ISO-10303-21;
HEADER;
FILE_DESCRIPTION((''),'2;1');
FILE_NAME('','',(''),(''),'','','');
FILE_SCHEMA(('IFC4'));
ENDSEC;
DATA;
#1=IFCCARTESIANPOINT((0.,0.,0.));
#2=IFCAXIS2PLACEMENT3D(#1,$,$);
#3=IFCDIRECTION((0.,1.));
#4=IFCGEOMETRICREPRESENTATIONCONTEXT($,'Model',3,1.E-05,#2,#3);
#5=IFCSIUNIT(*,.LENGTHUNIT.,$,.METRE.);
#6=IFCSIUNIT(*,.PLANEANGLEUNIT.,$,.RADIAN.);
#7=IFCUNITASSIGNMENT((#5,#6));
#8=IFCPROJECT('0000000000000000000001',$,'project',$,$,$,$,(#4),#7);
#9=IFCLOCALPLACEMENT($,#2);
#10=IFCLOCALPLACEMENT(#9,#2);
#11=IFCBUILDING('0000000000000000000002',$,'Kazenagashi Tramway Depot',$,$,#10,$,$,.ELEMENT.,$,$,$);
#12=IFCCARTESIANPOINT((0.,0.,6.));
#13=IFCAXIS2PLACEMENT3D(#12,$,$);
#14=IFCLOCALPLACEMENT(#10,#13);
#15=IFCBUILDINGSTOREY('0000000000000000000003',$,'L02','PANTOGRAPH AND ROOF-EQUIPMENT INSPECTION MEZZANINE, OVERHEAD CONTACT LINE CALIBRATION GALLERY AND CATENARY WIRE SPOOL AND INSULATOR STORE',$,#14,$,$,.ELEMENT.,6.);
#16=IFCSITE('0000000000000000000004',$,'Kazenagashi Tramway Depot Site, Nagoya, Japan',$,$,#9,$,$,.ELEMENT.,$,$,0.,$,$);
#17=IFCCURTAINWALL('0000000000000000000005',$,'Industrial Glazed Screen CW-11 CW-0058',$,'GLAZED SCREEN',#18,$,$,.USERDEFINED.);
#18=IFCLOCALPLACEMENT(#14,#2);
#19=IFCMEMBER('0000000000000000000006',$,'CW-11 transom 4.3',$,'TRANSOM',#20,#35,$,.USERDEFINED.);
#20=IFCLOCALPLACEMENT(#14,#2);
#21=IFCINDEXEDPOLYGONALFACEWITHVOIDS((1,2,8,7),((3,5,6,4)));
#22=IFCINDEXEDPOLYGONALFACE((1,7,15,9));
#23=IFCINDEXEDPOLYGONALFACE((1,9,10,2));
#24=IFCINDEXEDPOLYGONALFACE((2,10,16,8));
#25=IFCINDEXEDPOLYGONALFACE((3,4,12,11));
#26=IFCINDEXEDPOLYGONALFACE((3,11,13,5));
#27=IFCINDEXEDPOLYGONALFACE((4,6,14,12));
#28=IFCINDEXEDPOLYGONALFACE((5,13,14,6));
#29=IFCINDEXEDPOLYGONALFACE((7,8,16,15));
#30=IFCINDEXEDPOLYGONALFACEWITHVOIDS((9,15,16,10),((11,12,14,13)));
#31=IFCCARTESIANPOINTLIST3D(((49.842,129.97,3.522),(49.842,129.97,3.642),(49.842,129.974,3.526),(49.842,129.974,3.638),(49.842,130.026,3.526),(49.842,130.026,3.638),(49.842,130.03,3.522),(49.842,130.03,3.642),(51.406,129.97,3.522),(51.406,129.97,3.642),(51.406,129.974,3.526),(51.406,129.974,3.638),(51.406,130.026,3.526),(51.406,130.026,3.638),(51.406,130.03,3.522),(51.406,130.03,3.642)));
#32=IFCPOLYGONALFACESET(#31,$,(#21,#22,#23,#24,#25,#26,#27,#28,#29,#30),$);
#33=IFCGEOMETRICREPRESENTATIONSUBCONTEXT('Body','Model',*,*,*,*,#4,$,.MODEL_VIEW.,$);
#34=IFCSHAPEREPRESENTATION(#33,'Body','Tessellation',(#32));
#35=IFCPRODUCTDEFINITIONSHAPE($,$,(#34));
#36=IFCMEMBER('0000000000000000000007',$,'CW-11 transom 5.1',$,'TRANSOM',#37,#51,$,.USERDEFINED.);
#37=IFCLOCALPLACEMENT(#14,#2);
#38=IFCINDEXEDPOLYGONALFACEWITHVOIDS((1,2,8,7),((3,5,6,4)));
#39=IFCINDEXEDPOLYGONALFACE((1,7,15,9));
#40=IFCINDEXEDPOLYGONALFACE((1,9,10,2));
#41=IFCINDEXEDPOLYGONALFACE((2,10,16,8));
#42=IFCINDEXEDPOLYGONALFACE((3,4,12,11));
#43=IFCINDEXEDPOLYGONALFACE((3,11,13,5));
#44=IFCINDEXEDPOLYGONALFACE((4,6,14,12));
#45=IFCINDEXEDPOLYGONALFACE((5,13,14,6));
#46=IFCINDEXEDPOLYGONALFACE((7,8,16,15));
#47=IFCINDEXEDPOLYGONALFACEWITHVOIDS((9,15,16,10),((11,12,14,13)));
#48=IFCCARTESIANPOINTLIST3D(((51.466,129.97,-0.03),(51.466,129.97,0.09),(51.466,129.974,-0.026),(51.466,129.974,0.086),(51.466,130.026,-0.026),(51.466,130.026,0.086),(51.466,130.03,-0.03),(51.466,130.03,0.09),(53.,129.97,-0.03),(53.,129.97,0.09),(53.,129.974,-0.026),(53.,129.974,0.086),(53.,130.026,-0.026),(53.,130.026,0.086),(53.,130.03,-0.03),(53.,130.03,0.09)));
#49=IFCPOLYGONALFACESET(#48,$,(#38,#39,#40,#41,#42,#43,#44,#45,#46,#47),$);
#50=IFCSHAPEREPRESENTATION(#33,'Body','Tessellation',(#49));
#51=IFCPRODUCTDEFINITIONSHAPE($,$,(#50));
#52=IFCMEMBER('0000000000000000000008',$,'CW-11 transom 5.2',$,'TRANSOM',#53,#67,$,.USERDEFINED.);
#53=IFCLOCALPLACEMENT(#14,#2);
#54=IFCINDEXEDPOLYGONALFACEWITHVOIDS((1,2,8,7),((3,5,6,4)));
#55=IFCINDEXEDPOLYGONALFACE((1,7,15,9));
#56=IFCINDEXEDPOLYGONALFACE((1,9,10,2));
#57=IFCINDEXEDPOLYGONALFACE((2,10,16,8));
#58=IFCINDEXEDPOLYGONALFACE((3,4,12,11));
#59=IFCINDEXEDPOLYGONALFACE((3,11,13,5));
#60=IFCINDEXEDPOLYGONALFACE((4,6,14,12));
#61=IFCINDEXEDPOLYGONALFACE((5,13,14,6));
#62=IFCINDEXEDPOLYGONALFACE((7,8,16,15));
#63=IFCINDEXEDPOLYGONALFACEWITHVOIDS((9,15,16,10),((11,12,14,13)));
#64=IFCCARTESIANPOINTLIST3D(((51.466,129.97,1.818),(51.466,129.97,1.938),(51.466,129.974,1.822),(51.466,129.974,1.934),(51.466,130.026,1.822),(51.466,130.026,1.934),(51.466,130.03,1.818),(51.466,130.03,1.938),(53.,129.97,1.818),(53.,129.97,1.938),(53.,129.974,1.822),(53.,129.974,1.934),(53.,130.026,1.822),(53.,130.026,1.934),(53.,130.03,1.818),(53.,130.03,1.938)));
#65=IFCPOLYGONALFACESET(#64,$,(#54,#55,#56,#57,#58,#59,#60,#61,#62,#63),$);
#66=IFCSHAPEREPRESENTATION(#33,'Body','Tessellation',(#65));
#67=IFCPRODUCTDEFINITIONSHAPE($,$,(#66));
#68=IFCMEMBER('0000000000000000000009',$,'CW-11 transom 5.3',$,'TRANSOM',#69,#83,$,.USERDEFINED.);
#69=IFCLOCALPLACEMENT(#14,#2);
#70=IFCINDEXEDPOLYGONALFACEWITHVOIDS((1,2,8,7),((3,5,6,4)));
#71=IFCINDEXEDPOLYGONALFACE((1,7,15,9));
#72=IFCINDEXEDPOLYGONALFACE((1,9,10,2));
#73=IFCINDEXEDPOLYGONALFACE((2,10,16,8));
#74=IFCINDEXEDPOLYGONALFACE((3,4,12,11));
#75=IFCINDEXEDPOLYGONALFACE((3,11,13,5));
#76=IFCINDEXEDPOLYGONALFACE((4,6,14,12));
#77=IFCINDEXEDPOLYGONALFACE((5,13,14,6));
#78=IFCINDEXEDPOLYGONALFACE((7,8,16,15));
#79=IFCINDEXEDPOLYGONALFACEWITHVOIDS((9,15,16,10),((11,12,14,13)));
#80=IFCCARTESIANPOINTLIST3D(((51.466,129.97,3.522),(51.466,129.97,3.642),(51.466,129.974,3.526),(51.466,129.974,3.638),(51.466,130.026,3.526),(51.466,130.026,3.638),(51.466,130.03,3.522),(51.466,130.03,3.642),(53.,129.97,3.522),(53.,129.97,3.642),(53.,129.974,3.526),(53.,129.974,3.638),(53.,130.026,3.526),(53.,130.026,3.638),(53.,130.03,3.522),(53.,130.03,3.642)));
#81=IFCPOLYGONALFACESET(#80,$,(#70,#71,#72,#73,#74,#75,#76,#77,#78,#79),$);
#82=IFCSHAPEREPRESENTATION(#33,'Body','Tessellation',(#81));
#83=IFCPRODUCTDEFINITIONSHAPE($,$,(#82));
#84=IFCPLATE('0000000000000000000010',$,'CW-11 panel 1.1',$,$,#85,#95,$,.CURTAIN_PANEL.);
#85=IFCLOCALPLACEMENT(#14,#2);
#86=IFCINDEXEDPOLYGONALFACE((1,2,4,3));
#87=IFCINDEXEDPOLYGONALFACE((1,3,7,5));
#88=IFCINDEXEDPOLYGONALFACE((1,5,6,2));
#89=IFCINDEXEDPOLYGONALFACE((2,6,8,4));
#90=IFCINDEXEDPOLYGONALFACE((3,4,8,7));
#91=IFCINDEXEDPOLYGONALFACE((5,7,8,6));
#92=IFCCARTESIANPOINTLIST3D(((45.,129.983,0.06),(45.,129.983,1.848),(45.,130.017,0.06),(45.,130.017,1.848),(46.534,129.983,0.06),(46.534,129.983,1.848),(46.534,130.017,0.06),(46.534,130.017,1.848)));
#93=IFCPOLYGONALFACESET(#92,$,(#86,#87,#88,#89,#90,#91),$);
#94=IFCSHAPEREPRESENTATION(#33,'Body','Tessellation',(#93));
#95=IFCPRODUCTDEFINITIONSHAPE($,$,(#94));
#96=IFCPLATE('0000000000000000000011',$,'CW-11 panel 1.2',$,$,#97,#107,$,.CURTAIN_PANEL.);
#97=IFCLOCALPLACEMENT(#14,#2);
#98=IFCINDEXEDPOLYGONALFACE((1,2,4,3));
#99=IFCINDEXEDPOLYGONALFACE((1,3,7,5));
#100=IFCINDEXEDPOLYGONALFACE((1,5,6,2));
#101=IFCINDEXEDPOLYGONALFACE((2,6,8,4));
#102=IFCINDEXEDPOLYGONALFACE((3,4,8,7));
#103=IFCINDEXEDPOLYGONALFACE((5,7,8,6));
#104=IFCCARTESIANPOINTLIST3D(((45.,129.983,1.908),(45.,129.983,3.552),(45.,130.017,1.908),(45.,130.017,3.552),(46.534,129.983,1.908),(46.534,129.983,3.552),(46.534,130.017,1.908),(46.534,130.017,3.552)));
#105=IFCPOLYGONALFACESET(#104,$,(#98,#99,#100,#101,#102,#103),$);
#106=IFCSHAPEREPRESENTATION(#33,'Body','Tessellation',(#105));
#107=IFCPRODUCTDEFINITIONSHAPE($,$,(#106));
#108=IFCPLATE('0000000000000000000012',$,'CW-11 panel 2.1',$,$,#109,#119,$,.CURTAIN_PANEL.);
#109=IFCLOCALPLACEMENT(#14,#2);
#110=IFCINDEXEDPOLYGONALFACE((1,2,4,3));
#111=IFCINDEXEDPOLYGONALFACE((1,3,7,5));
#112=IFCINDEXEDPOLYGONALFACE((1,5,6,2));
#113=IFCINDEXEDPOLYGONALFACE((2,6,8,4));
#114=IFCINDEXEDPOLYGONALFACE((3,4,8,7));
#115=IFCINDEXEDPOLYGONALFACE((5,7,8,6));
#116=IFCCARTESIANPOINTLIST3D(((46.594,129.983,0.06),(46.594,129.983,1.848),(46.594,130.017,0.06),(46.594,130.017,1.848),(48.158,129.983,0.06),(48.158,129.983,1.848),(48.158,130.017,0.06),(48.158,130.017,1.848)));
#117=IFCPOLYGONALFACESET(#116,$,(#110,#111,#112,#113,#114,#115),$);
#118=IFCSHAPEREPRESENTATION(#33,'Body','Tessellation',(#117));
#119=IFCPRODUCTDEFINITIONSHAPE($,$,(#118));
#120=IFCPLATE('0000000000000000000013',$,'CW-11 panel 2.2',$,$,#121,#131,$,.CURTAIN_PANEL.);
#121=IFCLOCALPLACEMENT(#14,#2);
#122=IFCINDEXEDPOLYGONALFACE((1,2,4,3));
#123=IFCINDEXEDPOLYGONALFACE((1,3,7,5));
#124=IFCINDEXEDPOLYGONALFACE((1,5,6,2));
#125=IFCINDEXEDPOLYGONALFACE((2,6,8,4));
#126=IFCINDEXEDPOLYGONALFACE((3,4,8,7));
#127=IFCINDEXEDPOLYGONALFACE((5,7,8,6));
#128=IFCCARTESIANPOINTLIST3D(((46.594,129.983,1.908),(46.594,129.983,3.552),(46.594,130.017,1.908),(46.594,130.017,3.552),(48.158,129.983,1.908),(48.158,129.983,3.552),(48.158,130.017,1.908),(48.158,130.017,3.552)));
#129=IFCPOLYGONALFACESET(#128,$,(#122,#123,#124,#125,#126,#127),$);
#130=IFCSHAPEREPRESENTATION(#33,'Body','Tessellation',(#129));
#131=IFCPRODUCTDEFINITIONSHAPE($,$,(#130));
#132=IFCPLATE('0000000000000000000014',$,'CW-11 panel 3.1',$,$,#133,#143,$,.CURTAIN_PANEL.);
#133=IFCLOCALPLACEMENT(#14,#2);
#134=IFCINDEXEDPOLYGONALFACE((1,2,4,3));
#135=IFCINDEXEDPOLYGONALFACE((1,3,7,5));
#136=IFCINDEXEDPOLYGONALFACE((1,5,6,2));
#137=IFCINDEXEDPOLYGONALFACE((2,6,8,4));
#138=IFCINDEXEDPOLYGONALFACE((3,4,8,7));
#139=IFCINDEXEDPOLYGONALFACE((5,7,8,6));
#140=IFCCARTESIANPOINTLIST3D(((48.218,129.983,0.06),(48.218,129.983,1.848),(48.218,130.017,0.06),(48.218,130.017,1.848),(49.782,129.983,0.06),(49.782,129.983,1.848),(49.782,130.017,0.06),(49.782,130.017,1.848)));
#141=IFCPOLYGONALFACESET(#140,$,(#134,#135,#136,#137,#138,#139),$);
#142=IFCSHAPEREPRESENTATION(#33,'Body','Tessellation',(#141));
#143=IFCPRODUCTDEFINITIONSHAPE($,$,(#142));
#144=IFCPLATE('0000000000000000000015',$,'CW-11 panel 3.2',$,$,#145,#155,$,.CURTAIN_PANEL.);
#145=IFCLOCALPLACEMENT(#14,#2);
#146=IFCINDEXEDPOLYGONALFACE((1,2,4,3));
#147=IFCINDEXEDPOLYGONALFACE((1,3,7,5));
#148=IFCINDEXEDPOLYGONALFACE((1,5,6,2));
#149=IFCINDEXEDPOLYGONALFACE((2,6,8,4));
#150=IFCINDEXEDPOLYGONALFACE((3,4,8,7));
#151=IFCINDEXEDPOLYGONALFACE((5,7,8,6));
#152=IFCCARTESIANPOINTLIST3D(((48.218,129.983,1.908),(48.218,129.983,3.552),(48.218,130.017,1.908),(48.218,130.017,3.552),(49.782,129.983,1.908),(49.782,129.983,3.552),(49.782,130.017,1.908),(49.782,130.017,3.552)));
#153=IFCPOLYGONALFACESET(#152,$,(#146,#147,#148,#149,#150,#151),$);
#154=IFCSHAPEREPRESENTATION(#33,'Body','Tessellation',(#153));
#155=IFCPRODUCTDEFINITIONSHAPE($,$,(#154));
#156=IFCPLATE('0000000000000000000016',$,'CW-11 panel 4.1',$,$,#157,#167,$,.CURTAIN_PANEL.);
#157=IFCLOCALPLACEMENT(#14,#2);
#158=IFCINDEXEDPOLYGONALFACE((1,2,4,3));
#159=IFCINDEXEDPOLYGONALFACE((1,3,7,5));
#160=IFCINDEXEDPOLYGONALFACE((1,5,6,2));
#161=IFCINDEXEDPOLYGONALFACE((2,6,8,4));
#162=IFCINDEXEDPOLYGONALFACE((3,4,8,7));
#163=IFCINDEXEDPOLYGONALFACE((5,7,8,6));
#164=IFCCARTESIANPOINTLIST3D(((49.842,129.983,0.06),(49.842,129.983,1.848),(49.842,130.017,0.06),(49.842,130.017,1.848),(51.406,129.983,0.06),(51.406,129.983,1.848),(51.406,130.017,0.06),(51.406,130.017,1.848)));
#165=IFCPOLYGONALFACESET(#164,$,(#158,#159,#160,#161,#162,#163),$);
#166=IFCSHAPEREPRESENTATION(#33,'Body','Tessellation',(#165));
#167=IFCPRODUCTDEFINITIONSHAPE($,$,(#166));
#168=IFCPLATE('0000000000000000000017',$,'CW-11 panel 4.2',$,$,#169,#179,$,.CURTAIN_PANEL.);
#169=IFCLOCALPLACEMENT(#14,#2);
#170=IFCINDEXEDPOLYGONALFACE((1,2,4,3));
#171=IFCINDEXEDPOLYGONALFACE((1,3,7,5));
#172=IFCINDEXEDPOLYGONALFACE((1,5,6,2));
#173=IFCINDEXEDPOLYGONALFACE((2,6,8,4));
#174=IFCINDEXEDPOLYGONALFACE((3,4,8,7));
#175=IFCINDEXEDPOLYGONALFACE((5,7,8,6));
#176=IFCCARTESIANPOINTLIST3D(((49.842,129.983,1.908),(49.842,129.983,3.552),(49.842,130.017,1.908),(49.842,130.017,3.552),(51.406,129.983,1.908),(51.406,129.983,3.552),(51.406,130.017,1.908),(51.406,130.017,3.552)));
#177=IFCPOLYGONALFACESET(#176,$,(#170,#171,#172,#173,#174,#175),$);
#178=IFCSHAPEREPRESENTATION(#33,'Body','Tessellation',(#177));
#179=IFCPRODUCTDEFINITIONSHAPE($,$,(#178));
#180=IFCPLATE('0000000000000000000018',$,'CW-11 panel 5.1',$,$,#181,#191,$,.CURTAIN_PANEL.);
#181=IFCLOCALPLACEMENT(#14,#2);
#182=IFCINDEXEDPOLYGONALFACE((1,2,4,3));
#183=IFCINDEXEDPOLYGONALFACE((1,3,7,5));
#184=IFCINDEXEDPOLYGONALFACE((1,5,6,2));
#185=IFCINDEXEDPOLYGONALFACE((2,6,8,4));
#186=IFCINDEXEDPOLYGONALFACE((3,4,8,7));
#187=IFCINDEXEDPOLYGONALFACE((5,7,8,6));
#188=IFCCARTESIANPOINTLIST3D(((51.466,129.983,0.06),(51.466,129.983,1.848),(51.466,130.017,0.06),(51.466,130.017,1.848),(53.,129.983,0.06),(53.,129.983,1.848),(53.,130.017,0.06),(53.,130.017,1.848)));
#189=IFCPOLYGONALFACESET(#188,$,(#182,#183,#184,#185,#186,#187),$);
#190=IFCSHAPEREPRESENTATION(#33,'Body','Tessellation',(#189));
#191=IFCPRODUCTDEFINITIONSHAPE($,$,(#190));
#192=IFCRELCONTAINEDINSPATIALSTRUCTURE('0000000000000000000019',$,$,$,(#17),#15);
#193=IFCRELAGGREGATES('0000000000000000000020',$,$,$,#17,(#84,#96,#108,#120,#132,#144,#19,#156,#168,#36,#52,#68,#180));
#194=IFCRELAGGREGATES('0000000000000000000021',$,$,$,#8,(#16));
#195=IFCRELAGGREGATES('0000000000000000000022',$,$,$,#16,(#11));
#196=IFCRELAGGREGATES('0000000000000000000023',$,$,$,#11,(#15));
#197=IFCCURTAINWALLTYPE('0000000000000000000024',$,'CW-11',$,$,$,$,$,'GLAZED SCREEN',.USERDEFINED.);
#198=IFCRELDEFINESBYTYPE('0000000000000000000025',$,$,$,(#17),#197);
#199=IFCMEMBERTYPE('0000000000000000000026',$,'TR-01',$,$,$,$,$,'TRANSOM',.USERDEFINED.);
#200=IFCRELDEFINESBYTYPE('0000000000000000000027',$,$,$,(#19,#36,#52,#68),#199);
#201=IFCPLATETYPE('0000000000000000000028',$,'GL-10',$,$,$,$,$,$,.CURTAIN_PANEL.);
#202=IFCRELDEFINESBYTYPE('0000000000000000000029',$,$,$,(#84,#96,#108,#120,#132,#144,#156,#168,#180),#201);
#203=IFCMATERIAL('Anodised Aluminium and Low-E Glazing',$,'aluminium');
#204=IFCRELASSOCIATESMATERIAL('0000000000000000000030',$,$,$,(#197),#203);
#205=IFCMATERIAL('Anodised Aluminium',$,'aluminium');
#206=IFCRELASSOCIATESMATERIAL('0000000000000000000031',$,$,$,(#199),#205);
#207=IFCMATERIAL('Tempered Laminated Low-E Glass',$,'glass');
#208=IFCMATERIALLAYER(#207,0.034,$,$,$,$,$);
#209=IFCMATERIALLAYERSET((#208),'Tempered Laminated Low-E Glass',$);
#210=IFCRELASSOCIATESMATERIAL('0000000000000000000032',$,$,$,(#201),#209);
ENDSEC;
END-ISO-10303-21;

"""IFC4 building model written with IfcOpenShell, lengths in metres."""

from ifc_helpers import new_model, si_unit, direction, frame, origin, origin_2d, place, context, subcontext, project, spatial, rectangle, hollow_rectangle, extrude, material, layer, layer_set, material_profile, profile_set, type_object, element, aggregate, save


model = new_model("IFC4")

# Units and contexts
model_context = context("Model", 3, precision=1e-05, world=origin(), true_north=direction((0.0, 1.0)))
body_context = subcontext(model_context, "Body", "Model", "MODEL_VIEW")
ifc_project = project(units=[si_unit("LENGTHUNIT", "METRE"), si_unit("PLANEANGLEUNIT", "RADIAN")], contexts=[model_context])

# Site, building, storey
site_placement = place(None, origin())
site = spatial("IfcSite", under=ifc_project, at=site_placement, Name="Kazenagashi Tramway Depot Site, Nagoya, Japan", CompositionType="ELEMENT", RefElevation=0.0)
building_placement = place(site_placement, origin())
building = spatial("IfcBuilding", under=site, at=building_placement, Name="Kazenagashi Tramway Depot", CompositionType="ELEMENT")
storey_placement = place(building_placement, frame((0.0, 0.0, 6.0)))
storey = spatial("IfcBuildingStorey", under=building, at=storey_placement, Name="L02", Description="PANTOGRAPH AND ROOF-EQUIPMENT INSPECTION MEZZANINE, OVERHEAD CONTACT LINE CALIBRATION GALLERY AND CATENARY WIRE SPOOL AND INSULATOR STORE", CompositionType="ELEMENT", Elevation=6.0)

# Curtain wall
ifc_material_1 = material(Name="Anodised Aluminium and Low-E Glazing", Category="aluminium")
curtain_wall_type = type_object("IfcCurtainWallType", Name="CW-11", ElementType="GLAZED SCREEN", PredefinedType="USERDEFINED", material=ifc_material_1)
curtain_wall_placement = place(storey_placement, origin())
curtain_wall = element("IfcCurtainWall", 1, at=curtain_wall_placement, inside=storey, type_object=curtain_wall_type, Name="Industrial Glazed Screen CW-11 CW-0058", ObjectType="GLAZED SCREEN", PredefinedType="USERDEFINED")
ifc_material_2 = material(Name="Anodised Aluminium", Category="aluminium")

# Members
ifc_material_profile_1 = material_profile(ifc_material_2, hollow_rectangle(XDim=0.06, YDim=0.12, WallThickness=0.004, at=origin_2d()), Name="RHS-120x60x4")
ifc_profile_set_1 = profile_set([ifc_material_profile_1], Name="Anodised Aluminium")
member_type_1 = type_object("IfcMemberType", Name="TR-01", ElementType="TRANSOM", PredefinedType="USERDEFINED", material=ifc_profile_set_1)
member_1_placement = place(storey_placement, frame((49.842, 130.0, 3.582), z_axis=(1.0, 0.0, 0.0), x_axis=(0.0, 1.0, 0.0)))
member_1 = element("IfcMember", 2, at=member_1_placement, type_object=member_type_1, Name="CW-11 transom 4.3", ObjectType="TRANSOM", PredefinedType="USERDEFINED", context=body_context, shape_type="SweptSolid", body=[
    extrude(hollow_rectangle(XDim=0.06, YDim=0.12, WallThickness=0.004, at=origin_2d()), origin(), (0.0, 0.0, 1.0), 1.564),
])
member_2_placement = place(storey_placement, frame((51.466, 130.0, 0.03), z_axis=(1.0, 0.0, 0.0), x_axis=(0.0, 1.0, 0.0)))
member_2 = element("IfcMember", 3, at=member_2_placement, type_object=member_type_1, Name="CW-11 transom 5.1", ObjectType="TRANSOM", PredefinedType="USERDEFINED", context=body_context, shape_type="SweptSolid", body=[
    extrude(hollow_rectangle(XDim=0.06, YDim=0.12, WallThickness=0.004, at=origin_2d()), origin(), (0.0, 0.0, 1.0), 1.534),
])
member_3_placement = place(storey_placement, frame((51.466, 130.0, 1.878), z_axis=(1.0, 0.0, 0.0), x_axis=(0.0, 1.0, 0.0)))
member_3 = element("IfcMember", 4, at=member_3_placement, type_object=member_type_1, Name="CW-11 transom 5.2", ObjectType="TRANSOM", PredefinedType="USERDEFINED", context=body_context, shape_type="SweptSolid", body=[
    extrude(hollow_rectangle(XDim=0.06, YDim=0.12, WallThickness=0.004, at=origin_2d()), origin(), (0.0, 0.0, 1.0), 1.534),
])
member_4_placement = place(storey_placement, frame((51.466, 130.0, 3.582), z_axis=(1.0, 0.0, 0.0), x_axis=(0.0, 1.0, 0.0)))
member_4 = element("IfcMember", 5, at=member_4_placement, type_object=member_type_1, Name="CW-11 transom 5.3", ObjectType="TRANSOM", PredefinedType="USERDEFINED", context=body_context, shape_type="SweptSolid", body=[
    extrude(hollow_rectangle(XDim=0.06, YDim=0.12, WallThickness=0.004, at=origin_2d()), origin(), (0.0, 0.0, 1.0), 1.534),
])

# Plates
ifc_material_3 = material(Name="Tempered Laminated Low-E Glass", Category="glass")
ifc_layer_1 = layer(ifc_material_3, 0.034)
ifc_layer_set_1 = layer_set([ifc_layer_1], Name="Tempered Laminated Low-E Glass")
plate_type = type_object("IfcPlateType", Name="GL-10", PredefinedType="CURTAIN_PANEL", material=ifc_layer_set_1)
plate_1_placement = place(storey_placement, frame((45.767, 130.0, 0.06), z_axis=(0.0, 0.0, 1.0), x_axis=(1.0, 0.0, 0.0)))
plate_1 = element("IfcPlate", 6, at=plate_1_placement, type_object=plate_type, Name="CW-11 panel 1.1", PredefinedType="CURTAIN_PANEL", context=body_context, shape_type="SweptSolid", body=[
    extrude(rectangle(XDim=1.534, YDim=0.034, at=origin_2d()), origin(), (0.0, 0.0, 1.0), 1.788),
])
plate_2_placement = place(storey_placement, frame((45.767, 130.0, 1.908), z_axis=(0.0, 0.0, 1.0), x_axis=(1.0, 0.0, 0.0)))
plate_2 = element("IfcPlate", 7, at=plate_2_placement, type_object=plate_type, Name="CW-11 panel 1.2", PredefinedType="CURTAIN_PANEL", context=body_context, shape_type="SweptSolid", body=[
    extrude(rectangle(XDim=1.534, YDim=0.034, at=origin_2d()), origin(), (0.0, 0.0, 1.0), 1.644),
])
plate_3_placement = place(storey_placement, frame((47.376, 130.0, 0.06), z_axis=(0.0, 0.0, 1.0), x_axis=(1.0, 0.0, 0.0)))
plate_3 = element("IfcPlate", 8, at=plate_3_placement, type_object=plate_type, Name="CW-11 panel 2.1", PredefinedType="CURTAIN_PANEL", context=body_context, shape_type="SweptSolid", body=[
    extrude(rectangle(XDim=1.564, YDim=0.034, at=origin_2d()), origin(), (0.0, 0.0, 1.0), 1.788),
])
plate_4_placement = place(storey_placement, frame((47.376, 130.0, 1.908), z_axis=(0.0, 0.0, 1.0), x_axis=(1.0, 0.0, 0.0)))
plate_4 = element("IfcPlate", 9, at=plate_4_placement, type_object=plate_type, Name="CW-11 panel 2.2", PredefinedType="CURTAIN_PANEL", context=body_context, shape_type="SweptSolid", body=[
    extrude(rectangle(XDim=1.564, YDim=0.034, at=origin_2d()), origin(), (0.0, 0.0, 1.0), 1.644),
])
plate_5_placement = place(storey_placement, frame((49.0, 130.0, 0.06), z_axis=(0.0, 0.0, 1.0), x_axis=(1.0, 0.0, 0.0)))
plate_5 = element("IfcPlate", 10, at=plate_5_placement, type_object=plate_type, Name="CW-11 panel 3.1", PredefinedType="CURTAIN_PANEL", context=body_context, shape_type="SweptSolid", body=[
    extrude(rectangle(XDim=1.564, YDim=0.034, at=origin_2d()), origin(), (0.0, 0.0, 1.0), 1.788),
])
plate_6_placement = place(storey_placement, frame((49.0, 130.0, 1.908), z_axis=(0.0, 0.0, 1.0), x_axis=(1.0, 0.0, 0.0)))
plate_6 = element("IfcPlate", 11, at=plate_6_placement, type_object=plate_type, Name="CW-11 panel 3.2", PredefinedType="CURTAIN_PANEL", context=body_context, shape_type="SweptSolid", body=[
    extrude(rectangle(XDim=1.564, YDim=0.034, at=origin_2d()), origin(), (0.0, 0.0, 1.0), 1.644),
])
plate_7_placement = place(storey_placement, frame((50.624, 130.0, 0.06), z_axis=(0.0, 0.0, 1.0), x_axis=(1.0, 0.0, 0.0)))
plate_7 = element("IfcPlate", 12, at=plate_7_placement, type_object=plate_type, Name="CW-11 panel 4.1", PredefinedType="CURTAIN_PANEL", context=body_context, shape_type="SweptSolid", body=[
    extrude(rectangle(XDim=1.564, YDim=0.034, at=origin_2d()), origin(), (0.0, 0.0, 1.0), 1.788),
])
plate_8_placement = place(storey_placement, frame((50.624, 130.0, 1.908), z_axis=(0.0, 0.0, 1.0), x_axis=(1.0, 0.0, 0.0)))
plate_8 = element("IfcPlate", 13, at=plate_8_placement, type_object=plate_type, Name="CW-11 panel 4.2", PredefinedType="CURTAIN_PANEL", context=body_context, shape_type="SweptSolid", body=[
    extrude(rectangle(XDim=1.564, YDim=0.034, at=origin_2d()), origin(), (0.0, 0.0, 1.0), 1.644),
])
plate_9_placement = place(storey_placement, frame((52.233, 130.0, 0.06), z_axis=(0.0, 0.0, 1.0), x_axis=(1.0, 0.0, 0.0)))
plate_9 = element("IfcPlate", 14, at=plate_9_placement, type_object=plate_type, Name="CW-11 panel 5.1", PredefinedType="CURTAIN_PANEL", context=body_context, shape_type="SweptSolid", body=[
    extrude(rectangle(XDim=1.534, YDim=0.034, at=origin_2d()), origin(), (0.0, 0.0, 1.0), 1.788),
])
aggregate(curtain_wall, [plate_1, plate_2, plate_3, plate_4, plate_5, plate_6, member_1, plate_7, plate_8, member_2, member_3, member_4, plate_9])

save(model, "model.ifc")
